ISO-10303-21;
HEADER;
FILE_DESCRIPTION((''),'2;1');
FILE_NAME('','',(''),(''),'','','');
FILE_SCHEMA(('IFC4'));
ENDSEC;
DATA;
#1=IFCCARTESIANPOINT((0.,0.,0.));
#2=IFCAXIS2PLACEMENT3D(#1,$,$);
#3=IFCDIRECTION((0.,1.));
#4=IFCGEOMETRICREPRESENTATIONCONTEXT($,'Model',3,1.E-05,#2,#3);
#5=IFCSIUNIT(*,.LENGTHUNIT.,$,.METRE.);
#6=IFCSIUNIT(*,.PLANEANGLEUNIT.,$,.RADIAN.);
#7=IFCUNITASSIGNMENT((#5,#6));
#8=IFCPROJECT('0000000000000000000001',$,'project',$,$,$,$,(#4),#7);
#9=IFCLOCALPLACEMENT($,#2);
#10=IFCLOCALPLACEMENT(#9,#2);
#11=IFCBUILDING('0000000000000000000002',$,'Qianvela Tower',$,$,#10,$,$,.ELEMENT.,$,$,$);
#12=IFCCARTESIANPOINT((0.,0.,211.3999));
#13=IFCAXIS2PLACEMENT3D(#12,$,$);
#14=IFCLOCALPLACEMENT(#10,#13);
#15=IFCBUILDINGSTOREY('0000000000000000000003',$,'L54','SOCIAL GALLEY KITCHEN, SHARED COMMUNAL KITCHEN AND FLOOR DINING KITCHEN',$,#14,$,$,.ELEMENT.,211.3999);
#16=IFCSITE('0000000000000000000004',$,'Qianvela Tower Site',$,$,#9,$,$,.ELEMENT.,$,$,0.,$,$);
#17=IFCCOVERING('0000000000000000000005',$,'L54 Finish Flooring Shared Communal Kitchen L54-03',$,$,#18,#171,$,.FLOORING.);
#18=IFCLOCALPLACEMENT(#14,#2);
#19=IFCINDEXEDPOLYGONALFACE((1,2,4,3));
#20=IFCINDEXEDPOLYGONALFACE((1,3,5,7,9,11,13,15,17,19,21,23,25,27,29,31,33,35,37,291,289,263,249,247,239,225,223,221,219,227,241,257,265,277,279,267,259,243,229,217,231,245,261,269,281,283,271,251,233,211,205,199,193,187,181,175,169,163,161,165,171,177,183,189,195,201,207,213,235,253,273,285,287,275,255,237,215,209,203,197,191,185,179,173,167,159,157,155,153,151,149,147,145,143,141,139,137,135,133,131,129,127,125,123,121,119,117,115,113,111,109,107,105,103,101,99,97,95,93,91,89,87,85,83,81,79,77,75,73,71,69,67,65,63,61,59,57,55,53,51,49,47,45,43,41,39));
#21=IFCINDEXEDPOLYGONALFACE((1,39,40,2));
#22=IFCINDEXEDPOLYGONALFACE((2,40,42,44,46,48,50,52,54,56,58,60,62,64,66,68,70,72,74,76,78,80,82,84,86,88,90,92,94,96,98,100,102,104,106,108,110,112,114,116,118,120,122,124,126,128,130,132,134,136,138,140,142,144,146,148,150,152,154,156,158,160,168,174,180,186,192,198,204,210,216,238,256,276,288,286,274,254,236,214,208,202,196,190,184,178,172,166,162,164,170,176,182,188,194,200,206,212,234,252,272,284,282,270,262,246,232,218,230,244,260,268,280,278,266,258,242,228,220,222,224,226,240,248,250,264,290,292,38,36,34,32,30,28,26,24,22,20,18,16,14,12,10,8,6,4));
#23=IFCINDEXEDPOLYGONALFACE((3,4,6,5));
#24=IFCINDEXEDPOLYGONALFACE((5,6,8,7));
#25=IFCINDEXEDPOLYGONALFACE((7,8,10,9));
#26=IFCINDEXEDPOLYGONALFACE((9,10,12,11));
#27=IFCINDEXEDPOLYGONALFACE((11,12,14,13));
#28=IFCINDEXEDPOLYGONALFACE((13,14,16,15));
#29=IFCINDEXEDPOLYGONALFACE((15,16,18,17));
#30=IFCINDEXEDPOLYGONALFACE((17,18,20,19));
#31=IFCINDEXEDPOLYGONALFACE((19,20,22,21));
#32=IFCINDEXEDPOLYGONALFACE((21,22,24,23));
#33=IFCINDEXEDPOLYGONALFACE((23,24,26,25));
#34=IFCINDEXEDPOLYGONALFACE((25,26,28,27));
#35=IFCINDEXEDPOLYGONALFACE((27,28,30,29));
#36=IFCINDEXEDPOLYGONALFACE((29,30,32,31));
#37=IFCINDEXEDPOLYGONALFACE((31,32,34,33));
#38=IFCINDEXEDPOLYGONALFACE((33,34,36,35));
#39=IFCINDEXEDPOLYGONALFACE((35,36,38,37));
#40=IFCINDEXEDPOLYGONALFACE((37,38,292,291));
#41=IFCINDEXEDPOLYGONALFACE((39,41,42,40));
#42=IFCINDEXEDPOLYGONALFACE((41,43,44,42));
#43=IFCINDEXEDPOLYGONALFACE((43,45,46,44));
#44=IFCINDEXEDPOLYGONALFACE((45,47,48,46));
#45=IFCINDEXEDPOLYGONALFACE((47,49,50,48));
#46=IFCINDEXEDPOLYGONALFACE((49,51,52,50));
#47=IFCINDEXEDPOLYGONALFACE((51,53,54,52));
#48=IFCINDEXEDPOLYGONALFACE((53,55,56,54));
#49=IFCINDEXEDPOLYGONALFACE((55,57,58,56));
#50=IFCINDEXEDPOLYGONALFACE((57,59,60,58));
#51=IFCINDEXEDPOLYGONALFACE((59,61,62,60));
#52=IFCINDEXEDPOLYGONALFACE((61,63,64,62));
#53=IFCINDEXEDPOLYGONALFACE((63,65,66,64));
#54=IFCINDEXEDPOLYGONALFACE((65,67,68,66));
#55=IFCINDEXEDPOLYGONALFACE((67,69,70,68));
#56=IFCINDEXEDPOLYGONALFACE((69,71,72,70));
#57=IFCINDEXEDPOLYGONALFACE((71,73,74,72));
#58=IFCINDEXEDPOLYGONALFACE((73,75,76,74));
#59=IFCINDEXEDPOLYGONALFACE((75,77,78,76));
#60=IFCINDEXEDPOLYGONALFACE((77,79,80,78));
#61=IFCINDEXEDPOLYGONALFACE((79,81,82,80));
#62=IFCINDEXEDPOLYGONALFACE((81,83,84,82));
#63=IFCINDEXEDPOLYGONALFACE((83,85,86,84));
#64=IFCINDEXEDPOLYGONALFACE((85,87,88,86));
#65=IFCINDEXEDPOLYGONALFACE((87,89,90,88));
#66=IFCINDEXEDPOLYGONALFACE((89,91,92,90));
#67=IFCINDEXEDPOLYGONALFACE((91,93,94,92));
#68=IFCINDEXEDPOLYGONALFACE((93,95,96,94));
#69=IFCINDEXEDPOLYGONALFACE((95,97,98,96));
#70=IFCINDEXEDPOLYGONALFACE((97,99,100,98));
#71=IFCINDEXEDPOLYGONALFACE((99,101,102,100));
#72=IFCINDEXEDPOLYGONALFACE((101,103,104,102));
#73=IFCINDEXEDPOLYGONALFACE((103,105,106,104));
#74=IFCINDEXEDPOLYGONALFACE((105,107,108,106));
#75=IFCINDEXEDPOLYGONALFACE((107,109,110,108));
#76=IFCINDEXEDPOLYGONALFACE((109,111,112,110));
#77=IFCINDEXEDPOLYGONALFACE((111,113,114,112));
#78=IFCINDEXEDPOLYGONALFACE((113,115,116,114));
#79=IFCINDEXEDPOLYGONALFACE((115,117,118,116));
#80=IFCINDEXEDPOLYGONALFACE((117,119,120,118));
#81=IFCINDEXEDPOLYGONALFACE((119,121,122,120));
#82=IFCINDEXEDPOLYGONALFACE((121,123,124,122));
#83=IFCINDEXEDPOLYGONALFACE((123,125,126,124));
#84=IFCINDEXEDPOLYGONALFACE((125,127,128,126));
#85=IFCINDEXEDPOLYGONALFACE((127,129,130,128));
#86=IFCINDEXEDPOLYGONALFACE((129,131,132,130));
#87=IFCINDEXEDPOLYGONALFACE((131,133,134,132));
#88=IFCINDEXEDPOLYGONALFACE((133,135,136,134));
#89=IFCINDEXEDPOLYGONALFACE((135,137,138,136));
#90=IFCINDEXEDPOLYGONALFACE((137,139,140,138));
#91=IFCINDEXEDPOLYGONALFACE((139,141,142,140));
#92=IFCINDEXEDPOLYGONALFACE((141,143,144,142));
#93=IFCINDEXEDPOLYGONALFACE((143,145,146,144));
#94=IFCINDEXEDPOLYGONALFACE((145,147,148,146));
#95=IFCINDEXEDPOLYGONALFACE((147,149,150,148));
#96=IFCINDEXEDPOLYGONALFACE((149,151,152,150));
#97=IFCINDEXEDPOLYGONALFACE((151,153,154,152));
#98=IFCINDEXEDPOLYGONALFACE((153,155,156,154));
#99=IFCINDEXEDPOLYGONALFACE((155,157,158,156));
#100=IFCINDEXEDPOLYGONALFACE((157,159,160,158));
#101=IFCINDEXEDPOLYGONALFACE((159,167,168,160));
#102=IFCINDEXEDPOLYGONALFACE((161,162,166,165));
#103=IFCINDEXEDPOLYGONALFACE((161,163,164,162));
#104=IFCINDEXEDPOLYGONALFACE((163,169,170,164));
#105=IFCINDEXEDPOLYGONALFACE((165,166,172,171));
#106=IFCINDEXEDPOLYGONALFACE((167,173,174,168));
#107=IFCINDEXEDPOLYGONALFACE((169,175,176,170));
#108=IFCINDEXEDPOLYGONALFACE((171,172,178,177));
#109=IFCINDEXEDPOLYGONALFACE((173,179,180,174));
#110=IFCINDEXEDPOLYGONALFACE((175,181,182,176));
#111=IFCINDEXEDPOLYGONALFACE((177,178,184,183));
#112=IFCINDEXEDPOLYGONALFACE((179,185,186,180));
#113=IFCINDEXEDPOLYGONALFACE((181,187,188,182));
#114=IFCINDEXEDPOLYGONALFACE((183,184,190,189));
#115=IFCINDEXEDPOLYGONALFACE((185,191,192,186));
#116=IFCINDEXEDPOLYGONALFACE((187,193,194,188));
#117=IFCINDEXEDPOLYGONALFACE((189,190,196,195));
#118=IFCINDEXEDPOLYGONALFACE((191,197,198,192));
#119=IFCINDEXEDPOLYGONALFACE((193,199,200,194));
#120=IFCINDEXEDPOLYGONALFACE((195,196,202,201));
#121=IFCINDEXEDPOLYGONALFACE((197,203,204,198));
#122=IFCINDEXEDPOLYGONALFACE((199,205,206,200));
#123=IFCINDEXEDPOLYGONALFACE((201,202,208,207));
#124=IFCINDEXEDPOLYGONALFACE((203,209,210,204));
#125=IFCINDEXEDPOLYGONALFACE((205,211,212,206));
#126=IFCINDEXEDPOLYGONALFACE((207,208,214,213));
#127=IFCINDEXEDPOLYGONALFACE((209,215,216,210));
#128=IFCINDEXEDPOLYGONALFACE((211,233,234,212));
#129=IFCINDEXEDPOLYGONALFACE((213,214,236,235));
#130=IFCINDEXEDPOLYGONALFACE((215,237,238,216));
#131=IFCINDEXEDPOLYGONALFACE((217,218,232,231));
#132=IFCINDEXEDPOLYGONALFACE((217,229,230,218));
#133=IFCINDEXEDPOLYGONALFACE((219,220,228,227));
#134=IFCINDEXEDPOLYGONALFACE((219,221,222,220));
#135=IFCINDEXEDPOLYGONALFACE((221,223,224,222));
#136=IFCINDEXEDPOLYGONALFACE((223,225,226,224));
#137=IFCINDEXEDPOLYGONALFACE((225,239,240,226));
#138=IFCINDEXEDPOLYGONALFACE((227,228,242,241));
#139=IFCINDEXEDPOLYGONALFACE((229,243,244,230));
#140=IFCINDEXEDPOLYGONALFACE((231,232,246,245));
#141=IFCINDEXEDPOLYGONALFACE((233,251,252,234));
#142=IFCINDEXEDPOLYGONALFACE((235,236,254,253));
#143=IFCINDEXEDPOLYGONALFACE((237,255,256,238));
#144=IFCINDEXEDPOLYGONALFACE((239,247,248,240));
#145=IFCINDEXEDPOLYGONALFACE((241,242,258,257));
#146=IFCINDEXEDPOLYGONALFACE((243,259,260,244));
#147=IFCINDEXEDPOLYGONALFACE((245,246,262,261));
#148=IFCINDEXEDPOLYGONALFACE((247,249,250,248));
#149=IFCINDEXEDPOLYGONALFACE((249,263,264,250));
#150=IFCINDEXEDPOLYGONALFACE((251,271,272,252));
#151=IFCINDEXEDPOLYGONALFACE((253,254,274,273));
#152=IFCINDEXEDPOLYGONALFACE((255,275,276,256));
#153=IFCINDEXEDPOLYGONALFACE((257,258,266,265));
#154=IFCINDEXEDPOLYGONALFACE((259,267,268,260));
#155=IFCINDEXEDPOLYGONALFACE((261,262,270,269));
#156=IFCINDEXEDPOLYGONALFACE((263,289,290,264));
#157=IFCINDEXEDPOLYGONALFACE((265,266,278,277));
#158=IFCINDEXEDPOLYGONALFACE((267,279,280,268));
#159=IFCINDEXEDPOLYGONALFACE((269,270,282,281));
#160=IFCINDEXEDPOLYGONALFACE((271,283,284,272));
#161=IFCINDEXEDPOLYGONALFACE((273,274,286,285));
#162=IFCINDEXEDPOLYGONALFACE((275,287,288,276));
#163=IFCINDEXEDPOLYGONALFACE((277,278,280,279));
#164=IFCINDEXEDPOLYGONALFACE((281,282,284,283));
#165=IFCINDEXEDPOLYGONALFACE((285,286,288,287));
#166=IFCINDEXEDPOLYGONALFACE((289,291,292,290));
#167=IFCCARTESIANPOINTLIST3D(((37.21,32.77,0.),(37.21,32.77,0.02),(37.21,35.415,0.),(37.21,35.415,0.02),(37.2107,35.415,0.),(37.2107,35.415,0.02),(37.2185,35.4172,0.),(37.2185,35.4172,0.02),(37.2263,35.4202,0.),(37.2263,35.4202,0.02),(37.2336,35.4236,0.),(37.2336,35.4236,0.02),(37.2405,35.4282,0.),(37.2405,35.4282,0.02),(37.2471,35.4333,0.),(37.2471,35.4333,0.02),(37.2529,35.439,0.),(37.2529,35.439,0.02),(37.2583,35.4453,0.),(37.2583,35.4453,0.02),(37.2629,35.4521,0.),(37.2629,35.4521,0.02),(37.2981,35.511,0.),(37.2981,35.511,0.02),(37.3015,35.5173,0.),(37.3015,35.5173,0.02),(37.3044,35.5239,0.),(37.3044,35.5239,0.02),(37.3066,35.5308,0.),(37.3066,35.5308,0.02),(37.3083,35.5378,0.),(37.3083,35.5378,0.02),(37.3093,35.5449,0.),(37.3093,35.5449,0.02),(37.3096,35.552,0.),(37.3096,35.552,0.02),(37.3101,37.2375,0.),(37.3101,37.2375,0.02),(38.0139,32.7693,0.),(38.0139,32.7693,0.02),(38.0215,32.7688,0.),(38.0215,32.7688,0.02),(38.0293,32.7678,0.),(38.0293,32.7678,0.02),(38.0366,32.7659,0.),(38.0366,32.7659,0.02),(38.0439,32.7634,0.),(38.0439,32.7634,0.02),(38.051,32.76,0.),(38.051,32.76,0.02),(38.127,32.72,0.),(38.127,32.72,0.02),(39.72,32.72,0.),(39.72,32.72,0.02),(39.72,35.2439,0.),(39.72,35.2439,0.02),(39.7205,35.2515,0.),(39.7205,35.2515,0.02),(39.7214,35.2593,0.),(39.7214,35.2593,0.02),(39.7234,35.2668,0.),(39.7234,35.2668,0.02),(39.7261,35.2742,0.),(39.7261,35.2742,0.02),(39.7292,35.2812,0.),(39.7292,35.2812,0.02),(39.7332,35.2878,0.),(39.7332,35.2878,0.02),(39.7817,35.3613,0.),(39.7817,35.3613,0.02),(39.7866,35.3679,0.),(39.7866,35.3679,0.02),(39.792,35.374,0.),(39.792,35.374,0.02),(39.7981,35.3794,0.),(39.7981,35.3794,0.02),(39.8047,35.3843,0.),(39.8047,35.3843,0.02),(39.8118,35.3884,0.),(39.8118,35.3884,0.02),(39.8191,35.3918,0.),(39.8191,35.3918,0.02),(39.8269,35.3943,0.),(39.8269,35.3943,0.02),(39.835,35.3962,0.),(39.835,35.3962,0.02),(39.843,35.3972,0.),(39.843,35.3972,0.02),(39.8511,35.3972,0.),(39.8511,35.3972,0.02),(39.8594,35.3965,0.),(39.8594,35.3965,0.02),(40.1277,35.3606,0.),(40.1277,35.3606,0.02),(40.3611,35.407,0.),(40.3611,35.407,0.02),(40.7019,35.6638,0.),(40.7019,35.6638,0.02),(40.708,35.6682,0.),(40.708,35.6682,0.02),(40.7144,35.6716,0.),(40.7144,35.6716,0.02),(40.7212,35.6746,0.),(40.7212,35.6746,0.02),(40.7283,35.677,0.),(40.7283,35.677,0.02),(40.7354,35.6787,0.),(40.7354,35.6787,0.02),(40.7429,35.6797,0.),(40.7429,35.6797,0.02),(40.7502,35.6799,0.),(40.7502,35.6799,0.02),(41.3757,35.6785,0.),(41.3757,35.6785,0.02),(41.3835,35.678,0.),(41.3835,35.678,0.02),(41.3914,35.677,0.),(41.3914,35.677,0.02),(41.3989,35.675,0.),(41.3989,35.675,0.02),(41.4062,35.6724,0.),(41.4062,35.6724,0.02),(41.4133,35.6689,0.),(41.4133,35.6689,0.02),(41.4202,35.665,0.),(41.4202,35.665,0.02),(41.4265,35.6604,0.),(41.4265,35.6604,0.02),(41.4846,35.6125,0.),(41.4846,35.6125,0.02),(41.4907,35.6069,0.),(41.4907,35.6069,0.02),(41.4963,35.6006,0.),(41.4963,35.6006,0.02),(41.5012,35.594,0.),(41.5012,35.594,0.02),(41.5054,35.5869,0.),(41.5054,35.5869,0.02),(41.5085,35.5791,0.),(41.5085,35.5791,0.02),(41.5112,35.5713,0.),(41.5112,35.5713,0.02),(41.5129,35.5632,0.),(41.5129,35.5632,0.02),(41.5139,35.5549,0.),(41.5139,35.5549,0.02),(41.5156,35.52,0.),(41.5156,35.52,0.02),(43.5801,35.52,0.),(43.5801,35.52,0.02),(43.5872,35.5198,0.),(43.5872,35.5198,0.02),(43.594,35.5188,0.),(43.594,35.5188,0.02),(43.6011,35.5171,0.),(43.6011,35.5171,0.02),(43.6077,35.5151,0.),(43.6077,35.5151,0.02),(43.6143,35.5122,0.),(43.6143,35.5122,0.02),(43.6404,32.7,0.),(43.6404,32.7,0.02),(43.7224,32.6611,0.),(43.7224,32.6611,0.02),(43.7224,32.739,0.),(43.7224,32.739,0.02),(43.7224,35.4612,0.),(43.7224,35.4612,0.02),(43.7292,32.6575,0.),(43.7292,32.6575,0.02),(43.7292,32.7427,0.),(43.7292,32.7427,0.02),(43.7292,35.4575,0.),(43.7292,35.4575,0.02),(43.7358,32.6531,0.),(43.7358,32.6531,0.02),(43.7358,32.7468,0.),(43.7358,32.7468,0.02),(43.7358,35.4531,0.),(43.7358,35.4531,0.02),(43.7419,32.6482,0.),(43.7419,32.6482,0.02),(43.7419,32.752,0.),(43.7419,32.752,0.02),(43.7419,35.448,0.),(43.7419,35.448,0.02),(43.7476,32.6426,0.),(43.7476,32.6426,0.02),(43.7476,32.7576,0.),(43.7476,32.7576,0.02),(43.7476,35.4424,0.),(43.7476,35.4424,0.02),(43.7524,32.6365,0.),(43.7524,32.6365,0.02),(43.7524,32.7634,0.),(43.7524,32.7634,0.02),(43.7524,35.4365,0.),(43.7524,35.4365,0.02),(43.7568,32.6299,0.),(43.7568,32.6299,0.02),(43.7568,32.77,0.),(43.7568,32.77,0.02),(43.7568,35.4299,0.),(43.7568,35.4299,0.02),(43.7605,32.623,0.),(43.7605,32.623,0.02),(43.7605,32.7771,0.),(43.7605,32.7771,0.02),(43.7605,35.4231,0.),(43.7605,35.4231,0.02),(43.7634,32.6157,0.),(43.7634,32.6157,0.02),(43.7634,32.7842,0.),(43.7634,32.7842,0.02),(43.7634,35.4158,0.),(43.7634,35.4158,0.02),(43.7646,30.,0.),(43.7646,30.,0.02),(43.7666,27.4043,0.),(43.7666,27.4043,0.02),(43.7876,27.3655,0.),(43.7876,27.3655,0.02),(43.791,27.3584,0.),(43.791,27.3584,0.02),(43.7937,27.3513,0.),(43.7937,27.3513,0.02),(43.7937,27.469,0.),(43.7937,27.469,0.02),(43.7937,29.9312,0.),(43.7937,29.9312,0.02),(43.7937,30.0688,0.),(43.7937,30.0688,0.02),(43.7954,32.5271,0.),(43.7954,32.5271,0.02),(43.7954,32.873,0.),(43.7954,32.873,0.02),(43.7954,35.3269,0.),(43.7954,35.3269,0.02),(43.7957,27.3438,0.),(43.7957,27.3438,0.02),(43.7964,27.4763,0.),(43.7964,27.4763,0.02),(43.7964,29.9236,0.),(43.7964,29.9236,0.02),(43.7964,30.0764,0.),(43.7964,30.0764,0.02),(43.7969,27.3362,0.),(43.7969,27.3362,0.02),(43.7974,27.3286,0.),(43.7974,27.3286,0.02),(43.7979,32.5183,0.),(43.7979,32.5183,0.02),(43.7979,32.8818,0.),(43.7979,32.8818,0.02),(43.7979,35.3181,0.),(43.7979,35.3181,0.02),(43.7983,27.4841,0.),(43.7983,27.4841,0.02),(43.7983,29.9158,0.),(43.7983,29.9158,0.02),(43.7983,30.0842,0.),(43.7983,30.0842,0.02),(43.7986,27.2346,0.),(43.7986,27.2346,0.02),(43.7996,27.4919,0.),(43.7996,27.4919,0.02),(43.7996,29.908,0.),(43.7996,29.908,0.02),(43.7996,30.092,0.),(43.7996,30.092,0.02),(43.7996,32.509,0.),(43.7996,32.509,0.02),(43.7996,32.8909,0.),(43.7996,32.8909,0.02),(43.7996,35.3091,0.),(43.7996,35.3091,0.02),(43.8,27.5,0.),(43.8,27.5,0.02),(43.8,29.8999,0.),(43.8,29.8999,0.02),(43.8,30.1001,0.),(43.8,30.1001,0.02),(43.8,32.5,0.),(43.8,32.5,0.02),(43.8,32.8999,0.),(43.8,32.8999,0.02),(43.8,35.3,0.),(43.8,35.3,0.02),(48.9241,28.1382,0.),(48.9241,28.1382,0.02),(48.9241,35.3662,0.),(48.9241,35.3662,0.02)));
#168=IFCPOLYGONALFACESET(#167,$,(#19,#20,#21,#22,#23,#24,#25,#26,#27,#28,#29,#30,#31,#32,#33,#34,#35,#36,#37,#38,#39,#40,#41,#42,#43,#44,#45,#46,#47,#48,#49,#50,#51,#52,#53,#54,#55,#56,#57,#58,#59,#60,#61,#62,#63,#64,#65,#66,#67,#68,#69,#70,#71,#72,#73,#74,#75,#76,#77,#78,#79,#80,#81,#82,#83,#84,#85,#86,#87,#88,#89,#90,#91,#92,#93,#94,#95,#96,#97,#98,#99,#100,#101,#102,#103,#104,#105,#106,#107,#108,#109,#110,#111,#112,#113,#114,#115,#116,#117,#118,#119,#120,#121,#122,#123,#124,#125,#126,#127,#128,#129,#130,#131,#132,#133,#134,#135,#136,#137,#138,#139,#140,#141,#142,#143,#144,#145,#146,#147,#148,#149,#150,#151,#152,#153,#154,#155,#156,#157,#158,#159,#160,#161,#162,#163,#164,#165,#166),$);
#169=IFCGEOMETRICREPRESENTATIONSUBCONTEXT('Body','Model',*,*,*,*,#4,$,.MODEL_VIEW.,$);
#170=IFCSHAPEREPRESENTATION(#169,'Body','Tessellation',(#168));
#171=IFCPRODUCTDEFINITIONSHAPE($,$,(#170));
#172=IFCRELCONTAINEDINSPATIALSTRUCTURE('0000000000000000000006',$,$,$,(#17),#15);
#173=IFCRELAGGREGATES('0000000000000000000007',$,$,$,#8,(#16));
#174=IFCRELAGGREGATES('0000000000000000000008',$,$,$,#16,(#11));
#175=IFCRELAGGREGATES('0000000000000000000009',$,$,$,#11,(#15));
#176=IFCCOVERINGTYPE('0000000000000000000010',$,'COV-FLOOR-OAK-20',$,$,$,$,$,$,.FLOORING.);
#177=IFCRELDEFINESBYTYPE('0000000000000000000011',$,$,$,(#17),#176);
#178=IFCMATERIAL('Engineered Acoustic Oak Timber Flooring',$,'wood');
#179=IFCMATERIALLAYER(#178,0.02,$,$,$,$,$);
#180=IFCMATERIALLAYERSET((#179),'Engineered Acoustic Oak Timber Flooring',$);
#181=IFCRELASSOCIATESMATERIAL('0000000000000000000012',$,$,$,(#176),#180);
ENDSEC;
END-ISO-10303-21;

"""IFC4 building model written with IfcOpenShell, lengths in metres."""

from ifc_helpers import new_model, si_unit, direction, frame, origin, place, context, subcontext, project, spatial, polyline, outline, extrude, material, layer, layer_set, type_object, element, save


model = new_model("IFC4")

# Units and contexts
model_context = context("Model", 3, precision=1e-05, world=origin(), true_north=direction((0.0, 1.0)))
body_context = subcontext(model_context, "Body", "Model", "MODEL_VIEW")
ifc_project = project(units=[si_unit("LENGTHUNIT", "METRE"), si_unit("PLANEANGLEUNIT", "RADIAN")], contexts=[model_context])

# Site, building, storey
site_placement = place(None, origin())
site = spatial("IfcSite", under=ifc_project, at=site_placement, Name="Qianvela Tower Site", CompositionType="ELEMENT", RefElevation=0.0)
building_placement = place(site_placement, origin())
building = spatial("IfcBuilding", under=site, at=building_placement, Name="Qianvela Tower", CompositionType="ELEMENT")
storey_placement = place(building_placement, frame((0.0, 0.0, 211.3999)))
storey = spatial("IfcBuildingStorey", under=building, at=storey_placement, Name="L54", Description="SOCIAL GALLEY KITCHEN, SHARED COMMUNAL KITCHEN AND FLOOR DINING KITCHEN", CompositionType="ELEMENT", Elevation=211.3999)

# Covering
ifc_material_1 = material(Name="Engineered Acoustic Oak Timber Flooring", Category="wood")
ifc_layer_1 = layer(ifc_material_1, 0.02)
ifc_layer_set_1 = layer_set([ifc_layer_1], Name="Engineered Acoustic Oak Timber Flooring")
covering_type_1 = type_object("IfcCoveringType", Name="COV-FLOOR-OAK-20", PredefinedType="FLOORING", material=ifc_layer_set_1)
covering_1_placement = place(storey_placement, origin())
element("IfcCovering", 1, at=covering_1_placement, inside=storey, type_object=covering_type_1, Name="L54 Finish Flooring Shared Communal Kitchen L54-03", PredefinedType="FLOORING", context=body_context, shape_type="SweptSolid", body=[
    extrude(outline(polyline([(43.6404, 32.7), (43.7224, 32.739), (43.7292, 32.7427), (43.7358, 32.7468), (43.7419, 32.752), (43.7476, 32.7576), (43.7524, 32.7634), (43.7568, 32.77), (43.7605, 32.7771), (43.7634, 32.7842), (43.7954, 32.873), (43.7979, 32.8818), (43.7996, 32.8909), (43.8, 32.8999), (43.8, 35.3), (43.7996, 35.3091), (43.7979, 35.3181), (43.7954, 35.3269), (43.7634, 35.4158), (43.7605, 35.4231), (43.7568, 35.4299), (43.7524, 35.4365), (43.7476, 35.4424), (43.7419, 35.448), (43.7358, 35.4531), (43.7292, 35.4575), (43.7224, 35.4612), (43.6143, 35.5122), (43.6077, 35.5151), (43.6011, 35.5171), (43.594, 35.5188), (43.5872, 35.5198), (43.5801, 35.52), (41.5156, 35.52), (41.5139, 35.5549), (41.5129, 35.5632), (41.5112, 35.5713), (41.5085, 35.5791), (41.5054, 35.5869), (41.5012, 35.594), (41.4963, 35.6006), (41.4907, 35.6069), (41.4846, 35.6125), (41.4265, 35.6604), (41.4202, 35.665), (41.4133, 35.6689), (41.4062, 35.6724), (41.3989, 35.675), (41.3914, 35.677), (41.3835, 35.678), (41.3757, 35.6785), (40.7502, 35.6799), (40.7429, 35.6797), (40.7354, 35.6787), (40.7283, 35.677), (40.7212, 35.6746), (40.7144, 35.6716), (40.708, 35.6682), (40.7019, 35.6638), (40.3611, 35.407), (40.1277, 35.3606), (39.8594, 35.3965), (39.8511, 35.3972), (39.843, 35.3972), (39.835, 35.3962), (39.8269, 35.3943), (39.8191, 35.3918), (39.8118, 35.3884), (39.8047, 35.3843), (39.7981, 35.3794), (39.792, 35.374), (39.7866, 35.3679), (39.7817, 35.3613), (39.7332, 35.2878), (39.7292, 35.2812), (39.7261, 35.2742), (39.7234, 35.2668), (39.7214, 35.2593), (39.7205, 35.2515), (39.72, 35.2439), (39.72, 32.72), (38.127, 32.72), (38.051, 32.76), (38.0439, 32.7634), (38.0366, 32.7659), (38.0293, 32.7678), (38.0215, 32.7688), (38.0139, 32.7693), (37.21, 32.77), (37.21, 35.415), (37.2107, 35.415), (37.2185, 35.4172), (37.2263, 35.4202), (37.2336, 35.4236), (37.2405, 35.4282), (37.2471, 35.4333), (37.2529, 35.439), (37.2583, 35.4453), (37.2629, 35.4521), (37.2981, 35.511), (37.3015, 35.5173), (37.3044, 35.5239), (37.3066, 35.5308), (37.3083, 35.5378), (37.3093, 35.5449), (37.3096, 35.552), (37.3101, 37.2375), (48.9241, 35.3662), (48.9241, 28.1382), (43.7986, 27.2346), (43.7974, 27.3286), (43.7969, 27.3362), (43.7957, 27.3438), (43.7937, 27.3513), (43.791, 27.3584), (43.7876, 27.3655), (43.7666, 27.4043), (43.7937, 27.469), (43.7964, 27.4763), (43.7983, 27.4841), (43.7996, 27.4919), (43.8, 27.5), (43.8, 29.8999), (43.7996, 29.908), (43.7983, 29.9158), (43.7964, 29.9236), (43.7937, 29.9312), (43.7646, 30.0), (43.7937, 30.0688), (43.7964, 30.0764), (43.7983, 30.0842), (43.7996, 30.092), (43.8, 30.1001), (43.8, 32.5), (43.7996, 32.509), (43.7979, 32.5183), (43.7954, 32.5271), (43.7634, 32.6157), (43.7605, 32.623), (43.7568, 32.6299), (43.7524, 32.6365), (43.7476, 32.6426), (43.7419, 32.6482), (43.7358, 32.6531), (43.7292, 32.6575), (43.7224, 32.6611), (43.6404, 32.7)])), origin(), (0.0, 0.0, 1.0), 0.02),
])

save(model, "model.ifc")
